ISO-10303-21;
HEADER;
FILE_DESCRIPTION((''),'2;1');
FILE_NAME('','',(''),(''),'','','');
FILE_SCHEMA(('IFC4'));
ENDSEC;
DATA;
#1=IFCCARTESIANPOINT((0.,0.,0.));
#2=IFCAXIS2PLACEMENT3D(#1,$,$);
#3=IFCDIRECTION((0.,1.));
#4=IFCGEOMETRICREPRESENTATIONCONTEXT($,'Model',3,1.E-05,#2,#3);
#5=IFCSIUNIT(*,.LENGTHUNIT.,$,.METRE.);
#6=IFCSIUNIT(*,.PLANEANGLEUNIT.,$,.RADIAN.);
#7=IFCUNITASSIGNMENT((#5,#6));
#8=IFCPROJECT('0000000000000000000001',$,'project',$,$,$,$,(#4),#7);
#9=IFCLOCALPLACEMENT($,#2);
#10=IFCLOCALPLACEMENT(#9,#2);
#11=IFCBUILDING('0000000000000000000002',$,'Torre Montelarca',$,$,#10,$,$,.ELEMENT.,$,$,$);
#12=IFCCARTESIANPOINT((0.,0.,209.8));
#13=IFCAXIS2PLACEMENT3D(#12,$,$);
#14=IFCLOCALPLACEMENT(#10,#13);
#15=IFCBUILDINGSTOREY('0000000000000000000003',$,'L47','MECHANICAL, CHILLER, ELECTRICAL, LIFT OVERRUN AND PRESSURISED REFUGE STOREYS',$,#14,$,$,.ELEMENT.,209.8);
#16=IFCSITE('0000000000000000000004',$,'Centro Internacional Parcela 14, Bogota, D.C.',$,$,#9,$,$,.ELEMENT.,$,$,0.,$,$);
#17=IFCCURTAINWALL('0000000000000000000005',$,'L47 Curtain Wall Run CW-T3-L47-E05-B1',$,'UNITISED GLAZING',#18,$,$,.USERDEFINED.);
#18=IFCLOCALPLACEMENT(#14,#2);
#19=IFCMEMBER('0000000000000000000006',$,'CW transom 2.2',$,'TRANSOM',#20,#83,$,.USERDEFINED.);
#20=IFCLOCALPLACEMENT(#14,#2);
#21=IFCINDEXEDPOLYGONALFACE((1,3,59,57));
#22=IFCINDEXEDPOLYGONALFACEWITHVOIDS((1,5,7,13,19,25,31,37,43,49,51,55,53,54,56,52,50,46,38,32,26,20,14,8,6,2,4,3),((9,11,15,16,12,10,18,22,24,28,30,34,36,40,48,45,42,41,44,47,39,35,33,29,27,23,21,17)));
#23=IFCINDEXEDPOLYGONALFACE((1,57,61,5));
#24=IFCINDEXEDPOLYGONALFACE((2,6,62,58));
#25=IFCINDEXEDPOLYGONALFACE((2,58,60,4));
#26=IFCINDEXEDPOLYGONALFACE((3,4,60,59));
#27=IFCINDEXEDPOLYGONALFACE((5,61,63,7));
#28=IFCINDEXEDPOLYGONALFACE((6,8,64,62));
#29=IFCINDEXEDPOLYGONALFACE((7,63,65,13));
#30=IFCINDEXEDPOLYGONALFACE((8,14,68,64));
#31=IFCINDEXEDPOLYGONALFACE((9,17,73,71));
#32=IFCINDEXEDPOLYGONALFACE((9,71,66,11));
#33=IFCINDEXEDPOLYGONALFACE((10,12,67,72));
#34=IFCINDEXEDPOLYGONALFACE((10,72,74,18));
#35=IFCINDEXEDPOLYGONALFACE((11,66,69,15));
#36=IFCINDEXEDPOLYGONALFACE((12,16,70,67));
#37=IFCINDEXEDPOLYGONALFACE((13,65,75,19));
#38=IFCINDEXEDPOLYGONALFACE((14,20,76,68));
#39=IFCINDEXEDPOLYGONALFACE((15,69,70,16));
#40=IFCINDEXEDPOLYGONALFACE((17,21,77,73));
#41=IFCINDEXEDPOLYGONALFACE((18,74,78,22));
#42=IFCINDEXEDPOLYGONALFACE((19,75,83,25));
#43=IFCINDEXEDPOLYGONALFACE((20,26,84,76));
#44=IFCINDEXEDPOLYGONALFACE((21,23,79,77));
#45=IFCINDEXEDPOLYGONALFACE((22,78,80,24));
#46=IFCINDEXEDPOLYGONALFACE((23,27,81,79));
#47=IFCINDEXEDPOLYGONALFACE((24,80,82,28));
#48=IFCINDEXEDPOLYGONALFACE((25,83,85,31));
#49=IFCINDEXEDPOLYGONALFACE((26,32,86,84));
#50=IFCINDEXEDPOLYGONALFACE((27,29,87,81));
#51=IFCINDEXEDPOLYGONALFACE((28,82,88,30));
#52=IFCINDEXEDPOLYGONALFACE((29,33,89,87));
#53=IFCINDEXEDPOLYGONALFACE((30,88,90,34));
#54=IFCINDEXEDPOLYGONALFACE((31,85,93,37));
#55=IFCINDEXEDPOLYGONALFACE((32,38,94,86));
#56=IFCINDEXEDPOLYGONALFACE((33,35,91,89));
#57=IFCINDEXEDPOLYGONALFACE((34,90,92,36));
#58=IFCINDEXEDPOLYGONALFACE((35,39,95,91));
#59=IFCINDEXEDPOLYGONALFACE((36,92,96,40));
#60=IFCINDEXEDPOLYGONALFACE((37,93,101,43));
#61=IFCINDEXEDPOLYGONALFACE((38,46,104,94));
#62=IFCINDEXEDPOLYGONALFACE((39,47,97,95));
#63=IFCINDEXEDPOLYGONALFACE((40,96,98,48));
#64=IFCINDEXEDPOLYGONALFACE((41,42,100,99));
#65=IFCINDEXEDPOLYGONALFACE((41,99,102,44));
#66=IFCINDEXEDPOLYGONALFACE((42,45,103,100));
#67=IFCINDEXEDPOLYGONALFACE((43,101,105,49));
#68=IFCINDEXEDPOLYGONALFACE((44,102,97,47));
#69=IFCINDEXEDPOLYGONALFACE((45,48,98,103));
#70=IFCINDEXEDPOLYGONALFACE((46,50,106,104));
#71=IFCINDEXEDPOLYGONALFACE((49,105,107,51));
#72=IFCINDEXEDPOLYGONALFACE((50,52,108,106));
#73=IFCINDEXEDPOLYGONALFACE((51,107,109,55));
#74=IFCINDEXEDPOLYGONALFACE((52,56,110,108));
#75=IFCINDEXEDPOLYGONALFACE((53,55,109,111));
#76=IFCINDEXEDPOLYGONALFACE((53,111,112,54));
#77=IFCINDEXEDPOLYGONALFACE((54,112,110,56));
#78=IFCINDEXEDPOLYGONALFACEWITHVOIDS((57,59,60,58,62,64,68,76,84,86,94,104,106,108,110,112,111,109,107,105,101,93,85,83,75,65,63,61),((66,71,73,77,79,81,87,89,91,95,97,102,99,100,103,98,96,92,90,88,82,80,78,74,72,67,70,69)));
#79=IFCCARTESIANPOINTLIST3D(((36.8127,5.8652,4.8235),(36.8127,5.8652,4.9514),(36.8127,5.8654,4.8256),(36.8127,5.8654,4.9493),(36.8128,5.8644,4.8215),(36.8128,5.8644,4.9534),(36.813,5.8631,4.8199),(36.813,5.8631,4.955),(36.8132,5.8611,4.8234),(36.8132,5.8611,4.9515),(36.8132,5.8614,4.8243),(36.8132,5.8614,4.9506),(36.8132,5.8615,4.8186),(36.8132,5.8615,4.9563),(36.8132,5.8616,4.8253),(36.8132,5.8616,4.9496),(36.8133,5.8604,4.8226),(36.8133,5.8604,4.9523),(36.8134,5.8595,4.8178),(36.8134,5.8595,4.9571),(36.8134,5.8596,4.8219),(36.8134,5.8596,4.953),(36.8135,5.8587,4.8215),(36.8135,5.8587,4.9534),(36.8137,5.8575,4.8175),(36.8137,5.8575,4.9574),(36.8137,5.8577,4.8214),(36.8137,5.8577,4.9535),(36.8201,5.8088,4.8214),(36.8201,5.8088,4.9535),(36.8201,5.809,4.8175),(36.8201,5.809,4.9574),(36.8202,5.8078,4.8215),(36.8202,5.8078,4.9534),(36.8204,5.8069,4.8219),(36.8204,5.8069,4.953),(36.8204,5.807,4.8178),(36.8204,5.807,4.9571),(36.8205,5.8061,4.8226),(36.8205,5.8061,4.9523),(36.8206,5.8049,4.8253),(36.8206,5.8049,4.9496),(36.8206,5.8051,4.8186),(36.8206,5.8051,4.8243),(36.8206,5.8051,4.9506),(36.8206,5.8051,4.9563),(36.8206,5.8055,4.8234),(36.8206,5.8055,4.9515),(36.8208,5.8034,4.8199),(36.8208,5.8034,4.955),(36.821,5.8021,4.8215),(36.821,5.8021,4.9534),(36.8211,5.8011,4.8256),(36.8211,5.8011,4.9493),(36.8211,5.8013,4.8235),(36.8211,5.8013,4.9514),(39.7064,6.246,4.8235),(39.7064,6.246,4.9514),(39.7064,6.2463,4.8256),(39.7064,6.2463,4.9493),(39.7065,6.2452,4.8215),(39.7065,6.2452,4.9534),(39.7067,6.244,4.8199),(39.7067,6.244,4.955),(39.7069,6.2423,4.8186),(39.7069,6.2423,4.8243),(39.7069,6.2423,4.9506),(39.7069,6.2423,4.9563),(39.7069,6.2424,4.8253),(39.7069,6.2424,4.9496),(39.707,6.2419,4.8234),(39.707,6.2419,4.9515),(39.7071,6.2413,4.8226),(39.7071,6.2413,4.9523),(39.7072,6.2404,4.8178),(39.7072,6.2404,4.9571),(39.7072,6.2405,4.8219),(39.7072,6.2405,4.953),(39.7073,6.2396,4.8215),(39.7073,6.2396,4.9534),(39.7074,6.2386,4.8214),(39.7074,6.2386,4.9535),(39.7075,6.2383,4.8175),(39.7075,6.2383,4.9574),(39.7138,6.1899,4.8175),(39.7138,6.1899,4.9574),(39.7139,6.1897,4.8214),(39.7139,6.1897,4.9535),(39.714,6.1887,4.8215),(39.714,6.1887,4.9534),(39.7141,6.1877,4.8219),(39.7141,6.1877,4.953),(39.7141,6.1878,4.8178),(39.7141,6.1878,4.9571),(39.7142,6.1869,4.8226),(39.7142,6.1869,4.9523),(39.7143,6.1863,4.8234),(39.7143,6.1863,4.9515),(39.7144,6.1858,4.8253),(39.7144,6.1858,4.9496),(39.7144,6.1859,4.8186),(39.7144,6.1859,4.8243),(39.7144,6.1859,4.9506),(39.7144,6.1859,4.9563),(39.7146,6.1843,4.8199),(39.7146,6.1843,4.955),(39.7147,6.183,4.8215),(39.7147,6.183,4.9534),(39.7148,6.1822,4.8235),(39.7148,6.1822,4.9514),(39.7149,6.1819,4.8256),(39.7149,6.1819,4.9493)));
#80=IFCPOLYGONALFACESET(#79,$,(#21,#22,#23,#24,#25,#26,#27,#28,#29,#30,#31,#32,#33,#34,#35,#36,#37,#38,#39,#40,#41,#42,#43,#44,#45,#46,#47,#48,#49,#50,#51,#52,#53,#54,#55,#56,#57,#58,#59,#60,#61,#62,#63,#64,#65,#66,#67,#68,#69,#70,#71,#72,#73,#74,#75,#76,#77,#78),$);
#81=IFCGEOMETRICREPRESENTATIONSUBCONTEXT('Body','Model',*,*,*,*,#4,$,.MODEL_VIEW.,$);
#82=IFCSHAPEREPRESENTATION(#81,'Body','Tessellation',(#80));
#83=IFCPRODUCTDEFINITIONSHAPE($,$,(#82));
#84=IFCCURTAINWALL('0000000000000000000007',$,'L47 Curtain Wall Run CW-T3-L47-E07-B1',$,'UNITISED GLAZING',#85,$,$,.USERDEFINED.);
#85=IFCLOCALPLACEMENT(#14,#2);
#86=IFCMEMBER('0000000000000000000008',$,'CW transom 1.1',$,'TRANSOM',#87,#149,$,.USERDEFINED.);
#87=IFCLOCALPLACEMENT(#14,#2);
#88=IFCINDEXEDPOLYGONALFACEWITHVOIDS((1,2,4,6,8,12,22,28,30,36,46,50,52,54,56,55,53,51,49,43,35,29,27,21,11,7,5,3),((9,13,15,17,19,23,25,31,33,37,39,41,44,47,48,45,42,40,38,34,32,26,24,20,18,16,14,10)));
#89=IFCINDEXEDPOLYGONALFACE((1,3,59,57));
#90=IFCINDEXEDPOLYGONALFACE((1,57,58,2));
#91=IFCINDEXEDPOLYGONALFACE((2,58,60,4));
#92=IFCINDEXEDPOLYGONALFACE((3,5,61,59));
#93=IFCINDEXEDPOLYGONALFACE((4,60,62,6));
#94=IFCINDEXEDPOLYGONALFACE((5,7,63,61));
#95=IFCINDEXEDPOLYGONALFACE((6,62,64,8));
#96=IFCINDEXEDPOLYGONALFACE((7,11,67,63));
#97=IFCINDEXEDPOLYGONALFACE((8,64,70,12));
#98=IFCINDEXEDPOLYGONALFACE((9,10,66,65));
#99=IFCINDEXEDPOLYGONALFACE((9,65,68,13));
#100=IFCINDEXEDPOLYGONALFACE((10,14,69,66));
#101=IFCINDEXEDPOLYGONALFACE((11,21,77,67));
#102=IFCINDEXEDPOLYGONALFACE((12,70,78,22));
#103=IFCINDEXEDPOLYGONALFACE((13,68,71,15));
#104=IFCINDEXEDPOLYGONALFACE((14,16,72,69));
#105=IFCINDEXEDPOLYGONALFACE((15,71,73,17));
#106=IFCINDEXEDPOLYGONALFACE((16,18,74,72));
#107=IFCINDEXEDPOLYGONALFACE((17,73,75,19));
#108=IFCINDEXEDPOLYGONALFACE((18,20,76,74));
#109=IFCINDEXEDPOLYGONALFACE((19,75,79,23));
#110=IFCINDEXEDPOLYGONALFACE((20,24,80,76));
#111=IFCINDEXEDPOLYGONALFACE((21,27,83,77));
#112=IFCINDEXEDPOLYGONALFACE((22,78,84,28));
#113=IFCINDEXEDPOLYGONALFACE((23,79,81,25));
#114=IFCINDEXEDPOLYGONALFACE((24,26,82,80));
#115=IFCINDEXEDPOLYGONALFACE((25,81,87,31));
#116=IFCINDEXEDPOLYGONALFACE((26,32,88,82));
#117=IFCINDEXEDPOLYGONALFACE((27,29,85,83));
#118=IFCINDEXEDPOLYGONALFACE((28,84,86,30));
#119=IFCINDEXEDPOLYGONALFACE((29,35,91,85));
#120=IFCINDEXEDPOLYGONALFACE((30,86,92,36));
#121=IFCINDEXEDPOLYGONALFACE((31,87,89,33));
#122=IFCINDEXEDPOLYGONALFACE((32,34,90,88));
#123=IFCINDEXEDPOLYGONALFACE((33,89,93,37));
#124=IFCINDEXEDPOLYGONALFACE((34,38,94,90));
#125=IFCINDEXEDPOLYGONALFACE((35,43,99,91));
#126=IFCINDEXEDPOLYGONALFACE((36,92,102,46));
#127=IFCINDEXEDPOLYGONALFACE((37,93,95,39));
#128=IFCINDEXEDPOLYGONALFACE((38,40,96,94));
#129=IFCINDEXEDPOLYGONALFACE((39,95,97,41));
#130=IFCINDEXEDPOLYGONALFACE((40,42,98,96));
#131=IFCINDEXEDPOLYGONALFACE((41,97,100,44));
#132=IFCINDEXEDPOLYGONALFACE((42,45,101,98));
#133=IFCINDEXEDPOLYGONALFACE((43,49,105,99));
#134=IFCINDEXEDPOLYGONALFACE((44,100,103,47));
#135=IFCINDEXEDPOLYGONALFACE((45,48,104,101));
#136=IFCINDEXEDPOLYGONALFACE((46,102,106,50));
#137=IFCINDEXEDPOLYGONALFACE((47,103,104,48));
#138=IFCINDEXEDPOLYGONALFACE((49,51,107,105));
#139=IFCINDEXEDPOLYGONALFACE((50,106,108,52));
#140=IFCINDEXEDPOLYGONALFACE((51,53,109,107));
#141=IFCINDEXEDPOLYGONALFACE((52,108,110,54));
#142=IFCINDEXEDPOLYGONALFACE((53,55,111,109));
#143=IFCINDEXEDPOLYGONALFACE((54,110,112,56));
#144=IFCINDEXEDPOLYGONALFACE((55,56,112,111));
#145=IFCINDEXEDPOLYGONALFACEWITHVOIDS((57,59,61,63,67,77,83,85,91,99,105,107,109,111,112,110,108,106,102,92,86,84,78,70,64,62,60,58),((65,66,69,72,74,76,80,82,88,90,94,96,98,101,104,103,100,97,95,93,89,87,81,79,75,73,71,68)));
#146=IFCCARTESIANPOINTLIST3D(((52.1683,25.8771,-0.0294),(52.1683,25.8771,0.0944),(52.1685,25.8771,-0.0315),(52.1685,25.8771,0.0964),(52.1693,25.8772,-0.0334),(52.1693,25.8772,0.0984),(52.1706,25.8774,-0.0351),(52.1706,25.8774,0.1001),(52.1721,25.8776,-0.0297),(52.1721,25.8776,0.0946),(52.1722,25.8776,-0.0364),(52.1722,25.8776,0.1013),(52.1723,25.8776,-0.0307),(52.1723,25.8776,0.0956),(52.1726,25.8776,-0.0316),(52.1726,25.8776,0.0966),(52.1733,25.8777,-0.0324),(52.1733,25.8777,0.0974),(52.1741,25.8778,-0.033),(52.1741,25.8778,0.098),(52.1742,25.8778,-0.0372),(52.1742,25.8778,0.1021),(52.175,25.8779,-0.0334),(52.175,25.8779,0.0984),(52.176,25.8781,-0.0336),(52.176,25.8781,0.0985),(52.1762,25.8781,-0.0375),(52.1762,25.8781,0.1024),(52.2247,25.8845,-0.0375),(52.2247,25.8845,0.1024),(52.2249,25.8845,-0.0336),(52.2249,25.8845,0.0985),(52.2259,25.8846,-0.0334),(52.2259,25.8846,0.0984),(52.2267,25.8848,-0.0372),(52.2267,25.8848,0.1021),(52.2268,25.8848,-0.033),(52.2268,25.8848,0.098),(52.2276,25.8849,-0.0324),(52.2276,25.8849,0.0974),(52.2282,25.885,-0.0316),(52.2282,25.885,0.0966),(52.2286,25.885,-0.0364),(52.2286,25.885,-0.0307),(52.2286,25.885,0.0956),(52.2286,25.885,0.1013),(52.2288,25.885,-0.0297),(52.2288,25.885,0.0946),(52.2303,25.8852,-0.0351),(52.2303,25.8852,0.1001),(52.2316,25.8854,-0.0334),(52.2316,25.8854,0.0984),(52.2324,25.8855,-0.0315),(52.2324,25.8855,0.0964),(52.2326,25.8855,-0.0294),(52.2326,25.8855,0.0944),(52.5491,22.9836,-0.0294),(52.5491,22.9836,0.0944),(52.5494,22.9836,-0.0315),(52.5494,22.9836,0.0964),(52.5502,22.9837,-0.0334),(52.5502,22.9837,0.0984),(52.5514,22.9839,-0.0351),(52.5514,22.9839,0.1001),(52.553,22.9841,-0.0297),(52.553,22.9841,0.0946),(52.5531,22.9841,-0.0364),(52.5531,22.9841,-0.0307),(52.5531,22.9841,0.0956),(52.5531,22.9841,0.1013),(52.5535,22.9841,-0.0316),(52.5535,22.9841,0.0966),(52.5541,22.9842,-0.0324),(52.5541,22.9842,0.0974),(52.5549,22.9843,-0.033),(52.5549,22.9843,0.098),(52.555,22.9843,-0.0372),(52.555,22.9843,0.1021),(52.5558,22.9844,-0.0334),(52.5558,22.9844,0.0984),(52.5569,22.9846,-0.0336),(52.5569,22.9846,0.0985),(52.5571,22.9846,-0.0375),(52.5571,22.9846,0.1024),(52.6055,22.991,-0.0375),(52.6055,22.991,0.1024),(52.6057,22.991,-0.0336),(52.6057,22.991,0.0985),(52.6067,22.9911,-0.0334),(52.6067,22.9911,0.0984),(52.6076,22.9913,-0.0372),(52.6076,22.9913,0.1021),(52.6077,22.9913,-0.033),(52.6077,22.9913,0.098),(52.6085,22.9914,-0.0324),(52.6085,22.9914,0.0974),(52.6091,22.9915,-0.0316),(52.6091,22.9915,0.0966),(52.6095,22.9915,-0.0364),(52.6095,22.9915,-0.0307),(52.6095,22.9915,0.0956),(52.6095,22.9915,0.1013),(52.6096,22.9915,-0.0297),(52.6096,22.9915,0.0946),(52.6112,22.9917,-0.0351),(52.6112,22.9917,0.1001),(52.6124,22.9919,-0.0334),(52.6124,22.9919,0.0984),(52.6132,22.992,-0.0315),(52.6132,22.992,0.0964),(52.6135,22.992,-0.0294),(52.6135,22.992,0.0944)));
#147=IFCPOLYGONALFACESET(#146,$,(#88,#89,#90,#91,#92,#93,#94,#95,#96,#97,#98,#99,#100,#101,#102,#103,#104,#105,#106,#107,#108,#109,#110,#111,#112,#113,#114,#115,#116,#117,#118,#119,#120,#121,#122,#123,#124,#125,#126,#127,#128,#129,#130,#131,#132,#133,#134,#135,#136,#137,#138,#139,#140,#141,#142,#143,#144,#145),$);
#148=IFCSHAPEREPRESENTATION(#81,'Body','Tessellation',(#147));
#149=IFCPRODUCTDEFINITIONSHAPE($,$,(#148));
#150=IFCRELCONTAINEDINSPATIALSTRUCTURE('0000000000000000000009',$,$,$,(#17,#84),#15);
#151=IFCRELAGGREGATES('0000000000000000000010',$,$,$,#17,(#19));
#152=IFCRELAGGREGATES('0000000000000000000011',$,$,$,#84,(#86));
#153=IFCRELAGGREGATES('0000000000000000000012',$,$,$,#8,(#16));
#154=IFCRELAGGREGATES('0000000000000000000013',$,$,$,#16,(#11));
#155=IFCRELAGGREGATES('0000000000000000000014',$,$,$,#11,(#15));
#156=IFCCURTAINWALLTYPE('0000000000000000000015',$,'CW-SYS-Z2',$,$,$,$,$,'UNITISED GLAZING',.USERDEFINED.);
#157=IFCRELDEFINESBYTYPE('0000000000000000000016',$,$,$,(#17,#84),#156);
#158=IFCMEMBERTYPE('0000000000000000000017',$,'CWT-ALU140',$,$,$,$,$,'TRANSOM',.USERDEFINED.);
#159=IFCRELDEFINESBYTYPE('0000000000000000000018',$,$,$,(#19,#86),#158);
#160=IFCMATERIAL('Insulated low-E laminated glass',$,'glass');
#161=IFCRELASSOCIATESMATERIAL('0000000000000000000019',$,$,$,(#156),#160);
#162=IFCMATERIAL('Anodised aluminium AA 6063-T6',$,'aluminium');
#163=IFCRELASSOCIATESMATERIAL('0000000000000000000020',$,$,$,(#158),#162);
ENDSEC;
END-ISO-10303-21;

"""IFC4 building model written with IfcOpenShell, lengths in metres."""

from ifc_helpers import new_model, si_unit, direction, frame, origin, origin_2d, place, context, subcontext, project, spatial, hollow_rectangle, extrude, source, transform, mapped, material, material_profile, profile_set, type_object, element, aggregate, save


model = new_model("IFC4")

# Units and contexts
model_context = context("Model", 3, precision=1e-05, world=origin(), true_north=direction((0.0, 1.0)))
body_context = subcontext(model_context, "Body", "Model", "MODEL_VIEW")
ifc_project = project(units=[si_unit("LENGTHUNIT", "METRE"), si_unit("PLANEANGLEUNIT", "RADIAN")], contexts=[model_context])

# Site, building, storey
site_placement = place(None, origin())
site = spatial("IfcSite", under=ifc_project, at=site_placement, Name="Centro Internacional Parcela 14, Bogota, D.C.", CompositionType="ELEMENT", RefElevation=0.0)
building_placement = place(site_placement, origin())
building = spatial("IfcBuilding", under=site, at=building_placement, Name="Torre Montelarca", CompositionType="ELEMENT")
storey_placement = place(building_placement, frame((0.0, 0.0, 209.8)))
storey = spatial("IfcBuildingStorey", under=building, at=storey_placement, Name="L47", Description="MECHANICAL, CHILLER, ELECTRICAL, LIFT OVERRUN AND PRESSURISED REFUGE STOREYS", CompositionType="ELEMENT", Elevation=209.8)

# Curtain walls, members
ifc_material_1 = material(Name="Insulated low-E laminated glass", Category="glass")
curtain_wall_type = type_object("IfcCurtainWallType", Name="CW-SYS-Z2", ElementType="UNITISED GLAZING", PredefinedType="USERDEFINED", material=ifc_material_1)
curtain_wall_1_placement = place(storey_placement, origin())
curtain_wall_1 = element("IfcCurtainWall", 1, at=curtain_wall_1_placement, inside=storey, type_object=curtain_wall_type, Name="L47 Curtain Wall Run CW-T3-L47-E05-B1", ObjectType="UNITISED GLAZING", PredefinedType="USERDEFINED")
ifc_material_2 = material(Name="Anodised aluminium AA 6063-T6", Category="aluminium")
ifc_material_profile_1 = material_profile(ifc_material_2, hollow_rectangle(XDim=0.0649, YDim=0.1399, WallThickness=0.0039, InnerFilletRadius=0.0039, OuterFilletRadius=0.0081, at=origin_2d()), Name="ALU65X140X4", Category="aluminium")
ifc_profile_set_1 = profile_set([ifc_material_profile_1], Name="Anodised aluminium AA 6063-T6")
member_type_1 = type_object("IfcMemberType", Name="CWT-ALU140", ElementType="TRANSOM", PredefinedType="USERDEFINED", material=ifc_profile_set_1)
shared_shape_1 = source(origin(), body_context, "Body", "SweptSolid", [
    extrude(hollow_rectangle(XDim=0.0649, YDim=0.1399, WallThickness=0.0039, InnerFilletRadius=0.0039, OuterFilletRadius=0.0081, at=origin_2d()), origin(), (0.0, 0.0, 1.0), 2.9187),
])
member_1_placement = place(storey_placement, frame((36.8169, 5.8333, 4.8875), z_axis=(0.99145, 0.130487, 0.0), x_axis=(-0.130487, 0.99145, 0.0)))
member_1 = element("IfcMember", 2, at=member_1_placement, type_object=member_type_1, Name="CW transom 2.2", ObjectType="TRANSOM", PredefinedType="USERDEFINED", context=body_context, shape_type="MappedRepresentation", body=[
    mapped(shared_shape_1, transform((0.0, 0.0, 0.0), scale=1.0)),
])
curtain_wall_2_placement = place(storey_placement, origin())
curtain_wall_2 = element("IfcCurtainWall", 3, at=curtain_wall_2_placement, inside=storey, type_object=curtain_wall_type, Name="L47 Curtain Wall Run CW-T3-L47-E07-B1", ObjectType="UNITISED GLAZING", PredefinedType="USERDEFINED")
shared_shape_2 = source(origin(), body_context, "Body", "SweptSolid", [
    extrude(hollow_rectangle(XDim=0.0649, YDim=0.1399, WallThickness=0.0039, InnerFilletRadius=0.0039, OuterFilletRadius=0.0081, at=origin_2d()), origin(), (0.0, 0.0, 1.0), 2.9185),
])
member_2_placement = place(storey_placement, frame((52.5813, 22.9878, 0.0325), z_axis=(-0.130498, 0.991449, 0.0), x_axis=(-0.991449, -0.130498, 0.0)))
member_2 = element("IfcMember", 4, at=member_2_placement, type_object=member_type_1, Name="CW transom 1.1", ObjectType="TRANSOM", PredefinedType="USERDEFINED", context=body_context, shape_type="MappedRepresentation", body=[
    mapped(shared_shape_2, transform((0.0, 0.0, 0.0), scale=1.0)),
])

aggregate(curtain_wall_1, [member_1])
aggregate(curtain_wall_2, [member_2])

save(model, "model.ifc")
